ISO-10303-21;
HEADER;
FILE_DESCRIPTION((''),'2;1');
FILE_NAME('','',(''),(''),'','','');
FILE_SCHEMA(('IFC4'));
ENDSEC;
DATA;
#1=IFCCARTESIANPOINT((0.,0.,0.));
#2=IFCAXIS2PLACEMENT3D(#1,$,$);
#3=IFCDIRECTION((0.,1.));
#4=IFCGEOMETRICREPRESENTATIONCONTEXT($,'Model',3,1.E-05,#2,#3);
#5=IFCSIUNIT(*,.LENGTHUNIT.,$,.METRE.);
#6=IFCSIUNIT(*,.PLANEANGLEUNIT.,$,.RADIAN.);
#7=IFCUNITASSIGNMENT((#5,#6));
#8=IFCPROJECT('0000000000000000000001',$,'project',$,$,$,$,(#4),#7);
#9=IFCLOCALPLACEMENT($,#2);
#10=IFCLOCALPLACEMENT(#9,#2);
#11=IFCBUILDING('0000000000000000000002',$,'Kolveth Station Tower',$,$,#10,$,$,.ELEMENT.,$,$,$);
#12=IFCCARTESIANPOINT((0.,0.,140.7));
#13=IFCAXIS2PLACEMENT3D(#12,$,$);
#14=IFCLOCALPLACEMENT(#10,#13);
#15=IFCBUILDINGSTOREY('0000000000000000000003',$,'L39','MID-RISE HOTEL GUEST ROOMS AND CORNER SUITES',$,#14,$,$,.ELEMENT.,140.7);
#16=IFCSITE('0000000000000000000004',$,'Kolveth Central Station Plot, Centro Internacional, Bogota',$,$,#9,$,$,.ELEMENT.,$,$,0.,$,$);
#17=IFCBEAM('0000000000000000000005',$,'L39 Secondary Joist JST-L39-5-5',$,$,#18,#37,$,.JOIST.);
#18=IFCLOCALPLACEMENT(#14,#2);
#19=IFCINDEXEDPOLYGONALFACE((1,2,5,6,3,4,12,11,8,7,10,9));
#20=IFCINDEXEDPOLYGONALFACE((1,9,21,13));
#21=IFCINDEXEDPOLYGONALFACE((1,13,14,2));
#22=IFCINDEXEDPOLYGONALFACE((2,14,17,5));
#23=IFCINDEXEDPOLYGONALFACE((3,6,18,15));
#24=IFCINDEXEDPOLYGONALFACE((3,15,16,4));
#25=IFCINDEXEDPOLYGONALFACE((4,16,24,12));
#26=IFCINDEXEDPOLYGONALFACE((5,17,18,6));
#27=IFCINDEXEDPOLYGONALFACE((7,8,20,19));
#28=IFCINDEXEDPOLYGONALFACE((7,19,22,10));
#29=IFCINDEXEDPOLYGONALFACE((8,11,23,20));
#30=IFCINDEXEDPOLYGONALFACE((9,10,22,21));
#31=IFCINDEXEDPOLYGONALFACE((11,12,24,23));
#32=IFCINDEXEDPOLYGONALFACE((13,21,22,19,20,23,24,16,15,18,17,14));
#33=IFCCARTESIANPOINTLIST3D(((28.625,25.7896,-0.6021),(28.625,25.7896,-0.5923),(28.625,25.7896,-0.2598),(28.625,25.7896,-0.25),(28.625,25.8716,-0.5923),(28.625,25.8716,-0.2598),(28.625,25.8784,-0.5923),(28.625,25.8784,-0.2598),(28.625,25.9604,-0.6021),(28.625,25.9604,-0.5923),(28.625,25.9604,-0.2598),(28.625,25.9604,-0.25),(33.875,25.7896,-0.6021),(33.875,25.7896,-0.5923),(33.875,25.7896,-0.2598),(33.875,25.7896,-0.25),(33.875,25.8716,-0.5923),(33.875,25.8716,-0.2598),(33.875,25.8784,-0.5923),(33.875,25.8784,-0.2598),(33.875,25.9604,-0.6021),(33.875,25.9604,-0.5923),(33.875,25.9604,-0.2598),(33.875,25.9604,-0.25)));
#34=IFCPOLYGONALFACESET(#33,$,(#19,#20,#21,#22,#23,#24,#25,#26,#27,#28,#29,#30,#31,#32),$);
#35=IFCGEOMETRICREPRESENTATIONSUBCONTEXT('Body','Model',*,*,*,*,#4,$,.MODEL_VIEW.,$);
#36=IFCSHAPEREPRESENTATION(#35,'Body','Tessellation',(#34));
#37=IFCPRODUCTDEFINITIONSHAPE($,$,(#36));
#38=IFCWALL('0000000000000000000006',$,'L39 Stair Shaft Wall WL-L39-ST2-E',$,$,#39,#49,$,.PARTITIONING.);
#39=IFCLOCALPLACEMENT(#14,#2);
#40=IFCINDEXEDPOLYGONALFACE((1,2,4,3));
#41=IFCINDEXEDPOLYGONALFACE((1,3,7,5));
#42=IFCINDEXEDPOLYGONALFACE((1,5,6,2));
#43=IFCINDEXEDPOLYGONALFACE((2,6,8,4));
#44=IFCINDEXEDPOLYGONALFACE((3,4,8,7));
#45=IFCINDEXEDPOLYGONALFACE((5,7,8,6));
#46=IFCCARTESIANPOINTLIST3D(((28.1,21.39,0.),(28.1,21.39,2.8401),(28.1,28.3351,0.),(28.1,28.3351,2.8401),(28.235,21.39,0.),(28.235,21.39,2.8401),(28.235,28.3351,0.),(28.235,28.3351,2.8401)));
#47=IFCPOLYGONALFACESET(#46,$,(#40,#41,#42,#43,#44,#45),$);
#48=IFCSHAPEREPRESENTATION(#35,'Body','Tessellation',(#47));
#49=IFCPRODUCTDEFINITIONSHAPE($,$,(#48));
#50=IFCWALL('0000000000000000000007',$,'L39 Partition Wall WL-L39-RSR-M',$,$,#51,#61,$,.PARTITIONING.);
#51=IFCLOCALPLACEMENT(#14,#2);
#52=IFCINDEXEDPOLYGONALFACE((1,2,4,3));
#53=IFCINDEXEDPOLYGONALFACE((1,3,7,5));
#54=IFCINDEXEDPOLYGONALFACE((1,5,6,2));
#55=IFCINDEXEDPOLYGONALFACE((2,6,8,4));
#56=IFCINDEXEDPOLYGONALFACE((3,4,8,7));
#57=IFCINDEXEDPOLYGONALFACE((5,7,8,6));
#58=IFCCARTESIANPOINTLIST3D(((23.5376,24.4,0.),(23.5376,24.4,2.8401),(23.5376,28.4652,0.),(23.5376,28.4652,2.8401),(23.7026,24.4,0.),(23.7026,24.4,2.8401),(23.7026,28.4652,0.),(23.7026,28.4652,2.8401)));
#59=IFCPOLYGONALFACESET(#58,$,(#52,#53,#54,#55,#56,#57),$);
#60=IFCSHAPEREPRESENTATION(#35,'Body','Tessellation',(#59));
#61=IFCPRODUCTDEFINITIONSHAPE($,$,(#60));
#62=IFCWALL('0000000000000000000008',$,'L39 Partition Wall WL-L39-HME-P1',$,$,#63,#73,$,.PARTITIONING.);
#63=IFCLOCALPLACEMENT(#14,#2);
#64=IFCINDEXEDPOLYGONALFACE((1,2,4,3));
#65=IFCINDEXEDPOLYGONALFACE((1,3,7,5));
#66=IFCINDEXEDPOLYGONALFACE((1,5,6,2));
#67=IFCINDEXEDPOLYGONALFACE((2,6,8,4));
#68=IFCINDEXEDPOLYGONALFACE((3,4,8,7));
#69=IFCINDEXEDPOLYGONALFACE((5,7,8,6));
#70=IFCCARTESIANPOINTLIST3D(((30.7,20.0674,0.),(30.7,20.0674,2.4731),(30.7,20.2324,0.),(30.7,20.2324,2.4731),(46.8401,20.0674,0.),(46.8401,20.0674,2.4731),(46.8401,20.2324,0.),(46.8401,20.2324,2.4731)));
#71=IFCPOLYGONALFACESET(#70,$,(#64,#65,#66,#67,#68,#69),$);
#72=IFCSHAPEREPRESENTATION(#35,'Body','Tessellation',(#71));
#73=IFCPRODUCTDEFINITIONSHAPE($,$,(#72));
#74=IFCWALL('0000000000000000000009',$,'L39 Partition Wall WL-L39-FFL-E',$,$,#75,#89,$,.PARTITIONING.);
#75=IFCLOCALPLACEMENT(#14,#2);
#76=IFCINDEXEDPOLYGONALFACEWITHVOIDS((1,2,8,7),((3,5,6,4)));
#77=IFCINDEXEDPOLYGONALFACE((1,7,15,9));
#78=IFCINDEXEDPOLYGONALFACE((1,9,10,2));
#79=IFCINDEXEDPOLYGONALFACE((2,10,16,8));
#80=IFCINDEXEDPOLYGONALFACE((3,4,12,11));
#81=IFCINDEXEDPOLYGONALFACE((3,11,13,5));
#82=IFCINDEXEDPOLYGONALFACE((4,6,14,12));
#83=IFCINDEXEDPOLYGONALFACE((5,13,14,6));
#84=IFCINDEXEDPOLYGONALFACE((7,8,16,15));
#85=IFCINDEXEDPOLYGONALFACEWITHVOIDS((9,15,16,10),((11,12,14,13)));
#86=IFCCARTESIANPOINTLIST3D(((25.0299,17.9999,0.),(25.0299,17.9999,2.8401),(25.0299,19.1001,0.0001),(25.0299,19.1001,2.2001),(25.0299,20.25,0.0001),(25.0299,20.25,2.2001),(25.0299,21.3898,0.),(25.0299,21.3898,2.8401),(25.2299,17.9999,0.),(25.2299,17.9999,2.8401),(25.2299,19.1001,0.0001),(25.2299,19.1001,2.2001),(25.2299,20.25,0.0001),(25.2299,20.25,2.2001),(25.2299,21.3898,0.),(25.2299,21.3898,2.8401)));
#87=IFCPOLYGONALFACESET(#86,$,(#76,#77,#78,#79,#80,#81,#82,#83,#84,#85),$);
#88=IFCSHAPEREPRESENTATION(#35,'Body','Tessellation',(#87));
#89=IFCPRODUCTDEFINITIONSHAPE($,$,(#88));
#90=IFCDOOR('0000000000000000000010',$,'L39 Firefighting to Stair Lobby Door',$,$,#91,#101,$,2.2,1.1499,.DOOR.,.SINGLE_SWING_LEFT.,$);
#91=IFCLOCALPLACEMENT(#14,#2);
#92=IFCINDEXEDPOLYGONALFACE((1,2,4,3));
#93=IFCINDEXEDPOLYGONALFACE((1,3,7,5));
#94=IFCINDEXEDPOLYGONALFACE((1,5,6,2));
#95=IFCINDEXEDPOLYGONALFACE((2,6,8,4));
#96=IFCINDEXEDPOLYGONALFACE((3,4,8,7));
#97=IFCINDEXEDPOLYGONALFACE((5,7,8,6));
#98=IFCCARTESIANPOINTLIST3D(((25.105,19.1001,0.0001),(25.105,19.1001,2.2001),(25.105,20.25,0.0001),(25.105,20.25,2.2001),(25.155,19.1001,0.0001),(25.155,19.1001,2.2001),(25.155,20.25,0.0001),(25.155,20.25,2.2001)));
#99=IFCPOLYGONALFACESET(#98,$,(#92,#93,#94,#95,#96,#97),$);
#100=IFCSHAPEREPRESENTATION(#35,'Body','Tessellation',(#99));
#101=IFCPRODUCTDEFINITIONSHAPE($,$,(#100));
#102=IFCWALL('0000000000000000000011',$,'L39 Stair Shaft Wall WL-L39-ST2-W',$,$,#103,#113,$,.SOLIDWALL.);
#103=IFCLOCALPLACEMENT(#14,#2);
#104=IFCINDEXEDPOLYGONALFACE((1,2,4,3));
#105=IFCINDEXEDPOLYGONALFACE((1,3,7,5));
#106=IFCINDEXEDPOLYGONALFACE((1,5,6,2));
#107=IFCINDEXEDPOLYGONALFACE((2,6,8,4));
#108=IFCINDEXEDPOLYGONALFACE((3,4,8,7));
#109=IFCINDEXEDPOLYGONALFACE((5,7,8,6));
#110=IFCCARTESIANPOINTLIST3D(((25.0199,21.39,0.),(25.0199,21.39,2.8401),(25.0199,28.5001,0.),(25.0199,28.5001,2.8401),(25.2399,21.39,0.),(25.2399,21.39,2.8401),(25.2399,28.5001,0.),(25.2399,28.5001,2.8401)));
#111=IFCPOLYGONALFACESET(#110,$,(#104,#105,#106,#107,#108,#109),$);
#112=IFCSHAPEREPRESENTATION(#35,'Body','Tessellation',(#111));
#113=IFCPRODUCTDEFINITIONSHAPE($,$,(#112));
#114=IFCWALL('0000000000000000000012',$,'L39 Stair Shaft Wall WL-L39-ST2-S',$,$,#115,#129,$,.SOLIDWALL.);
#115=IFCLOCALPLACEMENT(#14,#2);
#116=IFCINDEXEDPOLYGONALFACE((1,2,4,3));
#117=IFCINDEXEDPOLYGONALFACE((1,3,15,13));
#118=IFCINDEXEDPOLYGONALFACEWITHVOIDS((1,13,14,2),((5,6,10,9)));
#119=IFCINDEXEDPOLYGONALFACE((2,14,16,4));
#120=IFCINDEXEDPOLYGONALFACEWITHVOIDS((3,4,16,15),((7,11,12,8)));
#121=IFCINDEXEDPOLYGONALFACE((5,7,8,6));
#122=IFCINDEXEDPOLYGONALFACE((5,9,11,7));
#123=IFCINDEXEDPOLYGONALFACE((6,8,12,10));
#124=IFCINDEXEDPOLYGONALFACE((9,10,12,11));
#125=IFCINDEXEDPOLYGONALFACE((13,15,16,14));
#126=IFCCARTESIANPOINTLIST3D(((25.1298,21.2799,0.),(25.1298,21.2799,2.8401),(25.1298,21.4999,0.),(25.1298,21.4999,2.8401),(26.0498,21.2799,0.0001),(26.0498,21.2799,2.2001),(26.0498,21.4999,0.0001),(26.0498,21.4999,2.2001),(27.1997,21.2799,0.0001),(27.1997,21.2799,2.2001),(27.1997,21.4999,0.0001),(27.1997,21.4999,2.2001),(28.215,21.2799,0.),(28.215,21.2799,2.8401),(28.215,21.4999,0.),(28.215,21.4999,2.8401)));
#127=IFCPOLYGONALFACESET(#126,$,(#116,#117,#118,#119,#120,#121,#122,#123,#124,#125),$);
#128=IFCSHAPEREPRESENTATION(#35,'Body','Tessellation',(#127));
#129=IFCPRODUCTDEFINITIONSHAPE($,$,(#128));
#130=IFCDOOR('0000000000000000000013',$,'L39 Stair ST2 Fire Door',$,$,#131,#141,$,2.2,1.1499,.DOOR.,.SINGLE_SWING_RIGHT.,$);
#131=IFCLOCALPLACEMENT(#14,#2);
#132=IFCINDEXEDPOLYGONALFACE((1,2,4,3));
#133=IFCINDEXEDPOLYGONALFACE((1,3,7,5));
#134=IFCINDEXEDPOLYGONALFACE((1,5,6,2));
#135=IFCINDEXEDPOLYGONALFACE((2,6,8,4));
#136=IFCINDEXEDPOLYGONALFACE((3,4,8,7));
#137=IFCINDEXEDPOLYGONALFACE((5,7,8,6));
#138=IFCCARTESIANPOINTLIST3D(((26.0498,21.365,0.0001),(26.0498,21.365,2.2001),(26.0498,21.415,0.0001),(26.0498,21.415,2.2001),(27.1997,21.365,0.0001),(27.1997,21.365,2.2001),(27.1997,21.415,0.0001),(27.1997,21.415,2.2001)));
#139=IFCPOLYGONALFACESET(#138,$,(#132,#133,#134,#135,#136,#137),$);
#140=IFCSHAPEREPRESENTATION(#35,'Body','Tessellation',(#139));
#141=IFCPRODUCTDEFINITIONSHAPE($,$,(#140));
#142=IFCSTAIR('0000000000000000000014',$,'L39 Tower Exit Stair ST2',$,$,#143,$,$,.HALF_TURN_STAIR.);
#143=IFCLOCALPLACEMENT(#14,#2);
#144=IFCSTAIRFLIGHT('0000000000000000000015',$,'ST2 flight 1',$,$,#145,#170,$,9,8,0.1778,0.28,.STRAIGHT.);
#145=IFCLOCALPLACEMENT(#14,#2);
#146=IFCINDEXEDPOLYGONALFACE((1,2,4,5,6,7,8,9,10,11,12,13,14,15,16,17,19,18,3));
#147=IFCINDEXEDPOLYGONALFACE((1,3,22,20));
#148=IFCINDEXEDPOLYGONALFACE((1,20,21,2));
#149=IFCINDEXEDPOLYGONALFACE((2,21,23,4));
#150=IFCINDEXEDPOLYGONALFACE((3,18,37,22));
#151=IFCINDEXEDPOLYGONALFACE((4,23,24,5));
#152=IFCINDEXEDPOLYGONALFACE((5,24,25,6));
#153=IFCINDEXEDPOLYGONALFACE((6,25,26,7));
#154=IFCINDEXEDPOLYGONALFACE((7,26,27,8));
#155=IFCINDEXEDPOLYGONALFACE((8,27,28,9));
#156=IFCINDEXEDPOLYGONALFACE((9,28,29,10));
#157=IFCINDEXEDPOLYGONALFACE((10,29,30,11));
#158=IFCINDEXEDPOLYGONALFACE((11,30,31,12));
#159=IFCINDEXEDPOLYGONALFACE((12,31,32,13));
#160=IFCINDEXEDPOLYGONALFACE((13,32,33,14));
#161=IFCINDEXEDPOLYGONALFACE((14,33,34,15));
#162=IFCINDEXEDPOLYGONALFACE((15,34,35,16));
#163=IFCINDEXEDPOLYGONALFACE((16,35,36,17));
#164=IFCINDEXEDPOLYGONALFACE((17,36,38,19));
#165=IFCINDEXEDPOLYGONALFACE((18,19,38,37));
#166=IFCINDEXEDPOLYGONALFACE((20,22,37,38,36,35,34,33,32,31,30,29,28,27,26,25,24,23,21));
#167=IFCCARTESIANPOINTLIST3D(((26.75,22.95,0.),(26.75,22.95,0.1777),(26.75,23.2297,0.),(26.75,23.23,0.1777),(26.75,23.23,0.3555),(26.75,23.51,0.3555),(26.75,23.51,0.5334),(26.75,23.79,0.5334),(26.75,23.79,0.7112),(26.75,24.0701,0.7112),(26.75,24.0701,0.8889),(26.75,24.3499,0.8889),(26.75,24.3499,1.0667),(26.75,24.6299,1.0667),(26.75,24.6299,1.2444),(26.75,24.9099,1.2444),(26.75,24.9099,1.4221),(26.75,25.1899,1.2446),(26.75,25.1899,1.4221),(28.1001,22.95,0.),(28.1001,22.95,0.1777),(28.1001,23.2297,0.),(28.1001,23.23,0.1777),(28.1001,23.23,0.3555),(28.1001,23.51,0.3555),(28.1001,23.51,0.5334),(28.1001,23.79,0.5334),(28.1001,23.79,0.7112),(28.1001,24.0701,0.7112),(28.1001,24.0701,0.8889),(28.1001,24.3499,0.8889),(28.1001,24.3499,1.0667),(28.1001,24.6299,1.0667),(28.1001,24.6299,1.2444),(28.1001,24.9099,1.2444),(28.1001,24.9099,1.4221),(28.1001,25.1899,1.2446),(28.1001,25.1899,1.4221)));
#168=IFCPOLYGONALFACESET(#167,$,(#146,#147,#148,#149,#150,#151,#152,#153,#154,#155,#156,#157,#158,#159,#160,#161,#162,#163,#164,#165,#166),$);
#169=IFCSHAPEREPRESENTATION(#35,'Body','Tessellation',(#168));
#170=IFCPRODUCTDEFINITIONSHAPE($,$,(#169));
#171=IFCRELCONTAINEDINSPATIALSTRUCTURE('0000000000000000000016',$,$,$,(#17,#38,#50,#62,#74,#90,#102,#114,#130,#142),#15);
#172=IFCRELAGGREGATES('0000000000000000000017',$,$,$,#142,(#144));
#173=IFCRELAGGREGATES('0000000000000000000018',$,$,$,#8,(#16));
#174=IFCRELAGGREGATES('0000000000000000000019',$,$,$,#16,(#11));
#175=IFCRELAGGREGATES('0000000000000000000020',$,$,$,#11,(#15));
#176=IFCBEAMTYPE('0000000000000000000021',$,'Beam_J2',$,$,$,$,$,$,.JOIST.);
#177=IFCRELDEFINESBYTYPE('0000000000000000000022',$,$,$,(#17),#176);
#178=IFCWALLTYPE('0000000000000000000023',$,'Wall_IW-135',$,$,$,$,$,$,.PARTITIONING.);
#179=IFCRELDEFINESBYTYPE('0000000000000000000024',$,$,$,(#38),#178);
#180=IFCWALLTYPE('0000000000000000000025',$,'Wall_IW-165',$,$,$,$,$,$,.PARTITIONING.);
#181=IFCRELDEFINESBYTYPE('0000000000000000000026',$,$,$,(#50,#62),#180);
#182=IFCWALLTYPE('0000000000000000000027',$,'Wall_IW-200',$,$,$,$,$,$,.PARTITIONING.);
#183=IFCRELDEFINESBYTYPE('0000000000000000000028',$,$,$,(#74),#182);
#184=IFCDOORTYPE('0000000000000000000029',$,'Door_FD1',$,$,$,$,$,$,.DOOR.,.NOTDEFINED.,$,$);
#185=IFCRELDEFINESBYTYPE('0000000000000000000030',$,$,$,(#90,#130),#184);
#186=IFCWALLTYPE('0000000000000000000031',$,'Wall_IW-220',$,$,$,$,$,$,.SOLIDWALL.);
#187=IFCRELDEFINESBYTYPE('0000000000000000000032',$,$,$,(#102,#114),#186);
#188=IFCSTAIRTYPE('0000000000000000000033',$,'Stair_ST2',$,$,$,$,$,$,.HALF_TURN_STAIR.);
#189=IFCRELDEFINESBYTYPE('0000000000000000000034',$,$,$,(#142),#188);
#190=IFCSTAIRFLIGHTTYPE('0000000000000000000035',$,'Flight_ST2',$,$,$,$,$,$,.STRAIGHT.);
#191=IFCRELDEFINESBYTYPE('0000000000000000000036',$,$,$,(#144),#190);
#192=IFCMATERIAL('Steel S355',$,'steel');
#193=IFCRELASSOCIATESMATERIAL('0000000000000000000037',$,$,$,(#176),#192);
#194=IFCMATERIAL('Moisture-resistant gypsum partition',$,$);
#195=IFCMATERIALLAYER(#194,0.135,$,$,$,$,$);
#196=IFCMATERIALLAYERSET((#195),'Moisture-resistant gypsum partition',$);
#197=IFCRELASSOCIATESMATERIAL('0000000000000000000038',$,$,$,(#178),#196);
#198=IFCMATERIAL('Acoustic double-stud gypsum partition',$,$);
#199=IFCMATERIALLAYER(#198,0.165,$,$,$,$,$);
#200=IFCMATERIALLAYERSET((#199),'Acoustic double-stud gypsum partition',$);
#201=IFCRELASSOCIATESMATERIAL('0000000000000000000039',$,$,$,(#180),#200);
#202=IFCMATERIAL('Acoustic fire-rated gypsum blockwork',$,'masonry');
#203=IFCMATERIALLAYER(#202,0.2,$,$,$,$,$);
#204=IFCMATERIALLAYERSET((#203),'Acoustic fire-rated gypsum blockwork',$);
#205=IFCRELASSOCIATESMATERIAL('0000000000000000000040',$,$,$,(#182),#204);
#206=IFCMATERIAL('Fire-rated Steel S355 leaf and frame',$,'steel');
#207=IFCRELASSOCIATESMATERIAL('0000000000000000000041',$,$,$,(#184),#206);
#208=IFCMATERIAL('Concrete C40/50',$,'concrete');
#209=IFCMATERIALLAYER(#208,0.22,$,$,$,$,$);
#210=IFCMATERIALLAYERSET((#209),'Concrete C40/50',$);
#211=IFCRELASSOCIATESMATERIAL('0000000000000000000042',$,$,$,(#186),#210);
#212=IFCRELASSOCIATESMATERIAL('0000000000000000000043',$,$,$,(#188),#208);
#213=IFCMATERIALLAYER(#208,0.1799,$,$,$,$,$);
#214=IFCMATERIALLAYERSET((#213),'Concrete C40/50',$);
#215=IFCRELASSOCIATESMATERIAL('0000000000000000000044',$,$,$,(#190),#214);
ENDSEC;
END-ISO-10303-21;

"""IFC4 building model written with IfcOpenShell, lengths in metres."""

from ifc_helpers import new_model, si_unit, direction, frame, frame_2d, origin, origin_2d, place, context, subcontext, project, spatial, polyline, rectangle, i_section, outline, extrude, source, transform, mapped, material, layer, layer_set, material_profile, profile_set, type_object, element, fill, aggregate, save


model = new_model("IFC4")

# Units and contexts
model_context = context("Model", 3, precision=1e-05, world=origin(), true_north=direction((0.0, 1.0)))
body_context = subcontext(model_context, "Body", "Model", "MODEL_VIEW")
ifc_project = project(units=[si_unit("LENGTHUNIT", "METRE"), si_unit("PLANEANGLEUNIT", "RADIAN")], contexts=[model_context])

# Site, building, storey
site_placement = place(None, origin())
site = spatial("IfcSite", under=ifc_project, at=site_placement, Name="Kolveth Central Station Plot, Centro Internacional, Bogota", CompositionType="ELEMENT", RefElevation=0.0)
building_placement = place(site_placement, origin())
building = spatial("IfcBuilding", under=site, at=building_placement, Name="Kolveth Station Tower", CompositionType="ELEMENT")
storey_placement = place(building_placement, frame((0.0, 0.0, 140.7)))
storey = spatial("IfcBuildingStorey", under=building, at=storey_placement, Name="L39", Description="MID-RISE HOTEL GUEST ROOMS AND CORNER SUITES", CompositionType="ELEMENT", Elevation=140.7)

# Shared definitions
ifc_material_1 = material(Name="Steel S355", Category="steel")

# Beam
ifc_material_profile_1 = material_profile(ifc_material_1, i_section(OverallWidth=0.1709, OverallDepth=0.3521, WebThickness=0.0068, FlangeThickness=0.0098, at=origin_2d()), Name="W360x44")
ifc_profile_set_1 = profile_set([ifc_material_profile_1], Name="Steel S355")
beam_type_1 = type_object("IfcBeamType", Name="Beam_J2", PredefinedType="JOIST", material=ifc_profile_set_1)
shared_shape_1 = source(origin(), body_context, "Body", "SweptSolid", [
    extrude(i_section(OverallWidth=0.1709, OverallDepth=0.3521, WebThickness=0.0068, FlangeThickness=0.0098, at=origin_2d()), origin(), (0.0, 0.0, 1.0), 5.25),
])
for number, where, z_axis, x_axis, name in (
    (1, (28.625, 25.875, -0.426), (1.0, 0.0, 0.0), (0.0, 1.0, 0.0), "L39 Secondary Joist JST-L39-5-5"),
):
    element("IfcBeam", number, at=place(storey_placement, frame(where, z_axis=z_axis, x_axis=x_axis)), inside=storey, type_object=beam_type_1, Name=name, PredefinedType="JOIST", context=body_context, shape_type="MappedRepresentation", body=[
        mapped(shared_shape_1, transform((0.0, 0.0, 0.0), x_axis=(1.0, 0.0, 0.0), y_axis=(0.0, 1.0, 0.0), z_axis=(0.0, 0.0, 1.0), scale=1.0)),
    ])

# Walls
ifc_material_2 = material(Name="Moisture-resistant gypsum partition")
ifc_layer_1 = layer(ifc_material_2, 0.135)
ifc_layer_set_1 = layer_set([ifc_layer_1], Name="Moisture-resistant gypsum partition")
wall_type_1 = type_object("IfcWallType", Name="Wall_IW-135", PredefinedType="PARTITIONING", material=ifc_layer_set_1)
wall_1_placement = place(storey_placement, frame((28.1675, 21.3899, 0.0), z_axis=(0.0, 0.0, 1.0), x_axis=(0.0, 1.0, 0.0)))
element("IfcWall", 2, at=wall_1_placement, inside=storey, type_object=wall_type_1, Name="L39 Stair Shaft Wall WL-L39-ST2-E", PredefinedType="PARTITIONING", context=body_context, shape_type="SweptSolid", body=[
    extrude(rectangle(XDim=6.9451, YDim=0.135, at=frame_2d((3.4727, 0.0))), origin(), (0.0, 0.0, 1.0), 2.8401),
])
ifc_material_3 = material(Name="Acoustic double-stud gypsum partition")
ifc_layer_2 = layer(ifc_material_3, 0.165)
ifc_layer_set_2 = layer_set([ifc_layer_2], Name="Acoustic double-stud gypsum partition")
wall_type_2 = type_object("IfcWallType", Name="Wall_IW-165", PredefinedType="PARTITIONING", material=ifc_layer_set_2)
wall_2_placement = place(storey_placement, frame((23.6201, 24.3999, 0.0), z_axis=(0.0, 0.0, 1.0), x_axis=(0.0, 1.0, 0.0)))
element("IfcWall", 3, at=wall_2_placement, inside=storey, type_object=wall_type_2, Name="L39 Partition Wall WL-L39-RSR-M", PredefinedType="PARTITIONING", context=body_context, shape_type="SweptSolid", body=[
    extrude(rectangle(XDim=4.0652, YDim=0.165, at=frame_2d((2.0327, 0.0))), origin(), (0.0, 0.0, 1.0), 2.8401),
])
wall_3_placement = place(storey_placement, frame((30.7, 20.1499, 0.0), z_axis=(0.0, 0.0, 1.0), x_axis=(1.0, 0.0, 0.0)))
element("IfcWall", 4, at=wall_3_placement, inside=storey, type_object=wall_type_2, Name="L39 Partition Wall WL-L39-HME-P1", PredefinedType="PARTITIONING", context=body_context, shape_type="SweptSolid", body=[
    extrude(rectangle(XDim=16.1401, YDim=0.165, at=frame_2d((8.0701, 0.0))), origin(), (0.0, 0.0, 1.0), 2.4731),
])

# Wall, opening, door
ifc_material_4 = material(Name="Acoustic fire-rated gypsum blockwork", Category="masonry")
ifc_layer_3 = layer(ifc_material_4, 0.2)
ifc_layer_set_3 = layer_set([ifc_layer_3], Name="Acoustic fire-rated gypsum blockwork")
wall_type_3 = type_object("IfcWallType", Name="Wall_IW-200", PredefinedType="PARTITIONING", material=ifc_layer_set_3)
wall_4_placement = place(storey_placement, frame((25.1299, 18.0, 0.0), z_axis=(0.0, 0.0, 1.0), x_axis=(0.0, 1.0, 0.0)))
wall_4 = element("IfcWall", 5, at=wall_4_placement, inside=storey, type_object=wall_type_3, Name="L39 Partition Wall WL-L39-FFL-E", PredefinedType="PARTITIONING", context=body_context, shape_type="SweptSolid", body=[
    extrude(rectangle(XDim=3.3899, YDim=0.2, at=frame_2d((1.6948, 0.0))), origin(), (0.0, 0.0, 1.0), 2.8401),
])
opening_1_placement = place(wall_4_placement, frame((1.1001, 0.0, 0.0)))
opening_1 = element("IfcOpeningElement", 6, at=opening_1_placement, cuts=wall_4, PredefinedType="OPENING", context=body_context, shape_type="SweptSolid", body=[
    extrude(rectangle(XDim=1.1499, YDim=2.2, at=frame_2d((0.575, 1.1001))), frame((0.0, 0.1099, 0.0), z_axis=(0.0, -1.0, 0.0), x_axis=(1.0, 0.0, 0.0)), (0.0, 0.0, 1.0), 0.22),
])
ifc_material_5 = material(Name="Fire-rated Steel S355 leaf and frame", Category="steel")
door_type = type_object("IfcDoorType", Name="Door_FD1", OperationType="NOTDEFINED", PredefinedType="DOOR", material=ifc_material_5)
door_1_placement = place(opening_1_placement, origin())
door_1 = element("IfcDoor", 7, at=door_1_placement, inside=storey, type_object=door_type, Name="L39 Firefighting to Stair Lobby Door", OperationType="SINGLE_SWING_LEFT", OverallHeight=2.2, OverallWidth=1.1499, PredefinedType="DOOR", context=body_context, shape_type="SweptSolid", body=[
    extrude(rectangle(XDim=1.1499, YDim=2.2, at=frame_2d((0.575, 1.1001))), frame((0.0, 0.0249, 0.0), z_axis=(0.0, -1.0, 0.0), x_axis=(1.0, 0.0, 0.0)), (0.0, 0.0, 1.0), 0.05),
])
fill(opening_1, door_1)

# Wall
ifc_material_6 = material(Name="Concrete C40/50", Category="concrete")
ifc_layer_4 = layer(ifc_material_6, 0.22)
ifc_layer_set_4 = layer_set([ifc_layer_4], Name="Concrete C40/50")
wall_type_4 = type_object("IfcWallType", Name="Wall_IW-220", PredefinedType="SOLIDWALL", material=ifc_layer_set_4)
wall_5_placement = place(storey_placement, frame((25.1299, 21.3899, 0.0), z_axis=(0.0, 0.0, 1.0), x_axis=(0.0, 1.0, 0.0)))
element("IfcWall", 8, at=wall_5_placement, inside=storey, type_object=wall_type_4, Name="L39 Stair Shaft Wall WL-L39-ST2-W", PredefinedType="SOLIDWALL", context=body_context, shape_type="SweptSolid", body=[
    extrude(rectangle(XDim=7.1101, YDim=0.22, at=frame_2d((3.5552, 0.0))), origin(), (0.0, 0.0, 1.0), 2.8401),
])

# Wall, opening, door
wall_6_placement = place(storey_placement, frame((25.1299, 21.3899, 0.0), z_axis=(0.0, 0.0, 1.0), x_axis=(1.0, 0.0, 0.0)))
wall_6 = element("IfcWall", 9, at=wall_6_placement, inside=storey, type_object=wall_type_4, Name="L39 Stair Shaft Wall WL-L39-ST2-S", PredefinedType="SOLIDWALL", context=body_context, shape_type="SweptSolid", body=[
    extrude(rectangle(XDim=3.0852, YDim=0.22, at=frame_2d((1.5425, 0.0))), origin(), (0.0, 0.0, 1.0), 2.8401),
])
opening_2_placement = place(wall_6_placement, frame((0.9199, 0.0, 0.0)))
opening_2 = element("IfcOpeningElement", 10, at=opening_2_placement, cuts=wall_6, PredefinedType="OPENING", context=body_context, shape_type="SweptSolid", body=[
    extrude(rectangle(XDim=1.1499, YDim=2.2, at=frame_2d((0.575, 1.1001))), frame((0.0, 0.1199, 0.0), z_axis=(0.0, -1.0, 0.0), x_axis=(1.0, 0.0, 0.0)), (0.0, 0.0, 1.0), 0.24),
])
door_2_placement = place(opening_2_placement, frame((1.1499, 0.0, 0.0), z_axis=(0.0, 0.0, 1.0), x_axis=(-1.0, 0.0, 0.0)))
door_2 = element("IfcDoor", 11, at=door_2_placement, inside=storey, type_object=door_type, Name="L39 Stair ST2 Fire Door", OperationType="SINGLE_SWING_RIGHT", OverallHeight=2.2, OverallWidth=1.1499, PredefinedType="DOOR", context=body_context, shape_type="SweptSolid", body=[
    extrude(rectangle(XDim=1.1499, YDim=2.2, at=frame_2d((0.575, 1.1001))), frame((0.0, 0.0249, 0.0), z_axis=(0.0, -1.0, 0.0), x_axis=(1.0, 0.0, 0.0)), (0.0, 0.0, 1.0), 0.05),
])
fill(opening_2, door_2)

# Stair, stair flight
stair_type = type_object("IfcStairType", Name="Stair_ST2", PredefinedType="HALF_TURN_STAIR", material=ifc_material_6)
stair_placement = place(storey_placement, origin())
stair = element("IfcStair", 12, at=stair_placement, inside=storey, type_object=stair_type, Name="L39 Tower Exit Stair ST2", PredefinedType="HALF_TURN_STAIR")
ifc_layer_5 = layer(ifc_material_6, 0.1799)
ifc_layer_set_5 = layer_set([ifc_layer_5], Name="Concrete C40/50")
stair_flight_type = type_object("IfcStairFlightType", Name="Flight_ST2", PredefinedType="STRAIGHT", material=ifc_layer_set_5)
stair_flight_1_placement = place(storey_placement, frame((27.425, 22.95, 0.0), z_axis=(0.0, 0.0, 1.0), x_axis=(0.0, 1.0, 0.0)))
stair_flight_1 = element("IfcStairFlight", 13, at=stair_flight_1_placement, type_object=stair_flight_type, Name="ST2 flight 1", NumberOfRisers=9, NumberOfTreads=8, PredefinedType="STRAIGHT", RiserHeight=0.1778, TreadLength=0.28, context=body_context, shape_type="SweptSolid", body=[
    extrude(outline(polyline([(0.0, 0.0), (0.0, 0.1777), (0.28, 0.1777), (0.28, 0.3555), (0.5601, 0.3555), (0.5601, 0.5334), (0.8401, 0.5334), (0.8401, 0.7112), (1.1201, 0.7112), (1.1201, 0.8889), (1.3999, 0.8889), (1.3999, 1.0667), (1.6799, 1.0667), (1.6799, 1.2444), (1.96, 1.2444), (1.96, 1.4221), (2.24, 1.4221), (2.24, 1.6001), (2.24, 1.2446), (0.2798, 0.0), (0.0, 0.0)])), frame((0.0, 0.675, 0.0), z_axis=(0.0, -1.0, 0.0), x_axis=(1.0, 0.0, 0.0)), (0.0, 0.0, 1.0), 1.3501),
])
aggregate(stair, [stair_flight_1])

save(model, "model.ifc")
